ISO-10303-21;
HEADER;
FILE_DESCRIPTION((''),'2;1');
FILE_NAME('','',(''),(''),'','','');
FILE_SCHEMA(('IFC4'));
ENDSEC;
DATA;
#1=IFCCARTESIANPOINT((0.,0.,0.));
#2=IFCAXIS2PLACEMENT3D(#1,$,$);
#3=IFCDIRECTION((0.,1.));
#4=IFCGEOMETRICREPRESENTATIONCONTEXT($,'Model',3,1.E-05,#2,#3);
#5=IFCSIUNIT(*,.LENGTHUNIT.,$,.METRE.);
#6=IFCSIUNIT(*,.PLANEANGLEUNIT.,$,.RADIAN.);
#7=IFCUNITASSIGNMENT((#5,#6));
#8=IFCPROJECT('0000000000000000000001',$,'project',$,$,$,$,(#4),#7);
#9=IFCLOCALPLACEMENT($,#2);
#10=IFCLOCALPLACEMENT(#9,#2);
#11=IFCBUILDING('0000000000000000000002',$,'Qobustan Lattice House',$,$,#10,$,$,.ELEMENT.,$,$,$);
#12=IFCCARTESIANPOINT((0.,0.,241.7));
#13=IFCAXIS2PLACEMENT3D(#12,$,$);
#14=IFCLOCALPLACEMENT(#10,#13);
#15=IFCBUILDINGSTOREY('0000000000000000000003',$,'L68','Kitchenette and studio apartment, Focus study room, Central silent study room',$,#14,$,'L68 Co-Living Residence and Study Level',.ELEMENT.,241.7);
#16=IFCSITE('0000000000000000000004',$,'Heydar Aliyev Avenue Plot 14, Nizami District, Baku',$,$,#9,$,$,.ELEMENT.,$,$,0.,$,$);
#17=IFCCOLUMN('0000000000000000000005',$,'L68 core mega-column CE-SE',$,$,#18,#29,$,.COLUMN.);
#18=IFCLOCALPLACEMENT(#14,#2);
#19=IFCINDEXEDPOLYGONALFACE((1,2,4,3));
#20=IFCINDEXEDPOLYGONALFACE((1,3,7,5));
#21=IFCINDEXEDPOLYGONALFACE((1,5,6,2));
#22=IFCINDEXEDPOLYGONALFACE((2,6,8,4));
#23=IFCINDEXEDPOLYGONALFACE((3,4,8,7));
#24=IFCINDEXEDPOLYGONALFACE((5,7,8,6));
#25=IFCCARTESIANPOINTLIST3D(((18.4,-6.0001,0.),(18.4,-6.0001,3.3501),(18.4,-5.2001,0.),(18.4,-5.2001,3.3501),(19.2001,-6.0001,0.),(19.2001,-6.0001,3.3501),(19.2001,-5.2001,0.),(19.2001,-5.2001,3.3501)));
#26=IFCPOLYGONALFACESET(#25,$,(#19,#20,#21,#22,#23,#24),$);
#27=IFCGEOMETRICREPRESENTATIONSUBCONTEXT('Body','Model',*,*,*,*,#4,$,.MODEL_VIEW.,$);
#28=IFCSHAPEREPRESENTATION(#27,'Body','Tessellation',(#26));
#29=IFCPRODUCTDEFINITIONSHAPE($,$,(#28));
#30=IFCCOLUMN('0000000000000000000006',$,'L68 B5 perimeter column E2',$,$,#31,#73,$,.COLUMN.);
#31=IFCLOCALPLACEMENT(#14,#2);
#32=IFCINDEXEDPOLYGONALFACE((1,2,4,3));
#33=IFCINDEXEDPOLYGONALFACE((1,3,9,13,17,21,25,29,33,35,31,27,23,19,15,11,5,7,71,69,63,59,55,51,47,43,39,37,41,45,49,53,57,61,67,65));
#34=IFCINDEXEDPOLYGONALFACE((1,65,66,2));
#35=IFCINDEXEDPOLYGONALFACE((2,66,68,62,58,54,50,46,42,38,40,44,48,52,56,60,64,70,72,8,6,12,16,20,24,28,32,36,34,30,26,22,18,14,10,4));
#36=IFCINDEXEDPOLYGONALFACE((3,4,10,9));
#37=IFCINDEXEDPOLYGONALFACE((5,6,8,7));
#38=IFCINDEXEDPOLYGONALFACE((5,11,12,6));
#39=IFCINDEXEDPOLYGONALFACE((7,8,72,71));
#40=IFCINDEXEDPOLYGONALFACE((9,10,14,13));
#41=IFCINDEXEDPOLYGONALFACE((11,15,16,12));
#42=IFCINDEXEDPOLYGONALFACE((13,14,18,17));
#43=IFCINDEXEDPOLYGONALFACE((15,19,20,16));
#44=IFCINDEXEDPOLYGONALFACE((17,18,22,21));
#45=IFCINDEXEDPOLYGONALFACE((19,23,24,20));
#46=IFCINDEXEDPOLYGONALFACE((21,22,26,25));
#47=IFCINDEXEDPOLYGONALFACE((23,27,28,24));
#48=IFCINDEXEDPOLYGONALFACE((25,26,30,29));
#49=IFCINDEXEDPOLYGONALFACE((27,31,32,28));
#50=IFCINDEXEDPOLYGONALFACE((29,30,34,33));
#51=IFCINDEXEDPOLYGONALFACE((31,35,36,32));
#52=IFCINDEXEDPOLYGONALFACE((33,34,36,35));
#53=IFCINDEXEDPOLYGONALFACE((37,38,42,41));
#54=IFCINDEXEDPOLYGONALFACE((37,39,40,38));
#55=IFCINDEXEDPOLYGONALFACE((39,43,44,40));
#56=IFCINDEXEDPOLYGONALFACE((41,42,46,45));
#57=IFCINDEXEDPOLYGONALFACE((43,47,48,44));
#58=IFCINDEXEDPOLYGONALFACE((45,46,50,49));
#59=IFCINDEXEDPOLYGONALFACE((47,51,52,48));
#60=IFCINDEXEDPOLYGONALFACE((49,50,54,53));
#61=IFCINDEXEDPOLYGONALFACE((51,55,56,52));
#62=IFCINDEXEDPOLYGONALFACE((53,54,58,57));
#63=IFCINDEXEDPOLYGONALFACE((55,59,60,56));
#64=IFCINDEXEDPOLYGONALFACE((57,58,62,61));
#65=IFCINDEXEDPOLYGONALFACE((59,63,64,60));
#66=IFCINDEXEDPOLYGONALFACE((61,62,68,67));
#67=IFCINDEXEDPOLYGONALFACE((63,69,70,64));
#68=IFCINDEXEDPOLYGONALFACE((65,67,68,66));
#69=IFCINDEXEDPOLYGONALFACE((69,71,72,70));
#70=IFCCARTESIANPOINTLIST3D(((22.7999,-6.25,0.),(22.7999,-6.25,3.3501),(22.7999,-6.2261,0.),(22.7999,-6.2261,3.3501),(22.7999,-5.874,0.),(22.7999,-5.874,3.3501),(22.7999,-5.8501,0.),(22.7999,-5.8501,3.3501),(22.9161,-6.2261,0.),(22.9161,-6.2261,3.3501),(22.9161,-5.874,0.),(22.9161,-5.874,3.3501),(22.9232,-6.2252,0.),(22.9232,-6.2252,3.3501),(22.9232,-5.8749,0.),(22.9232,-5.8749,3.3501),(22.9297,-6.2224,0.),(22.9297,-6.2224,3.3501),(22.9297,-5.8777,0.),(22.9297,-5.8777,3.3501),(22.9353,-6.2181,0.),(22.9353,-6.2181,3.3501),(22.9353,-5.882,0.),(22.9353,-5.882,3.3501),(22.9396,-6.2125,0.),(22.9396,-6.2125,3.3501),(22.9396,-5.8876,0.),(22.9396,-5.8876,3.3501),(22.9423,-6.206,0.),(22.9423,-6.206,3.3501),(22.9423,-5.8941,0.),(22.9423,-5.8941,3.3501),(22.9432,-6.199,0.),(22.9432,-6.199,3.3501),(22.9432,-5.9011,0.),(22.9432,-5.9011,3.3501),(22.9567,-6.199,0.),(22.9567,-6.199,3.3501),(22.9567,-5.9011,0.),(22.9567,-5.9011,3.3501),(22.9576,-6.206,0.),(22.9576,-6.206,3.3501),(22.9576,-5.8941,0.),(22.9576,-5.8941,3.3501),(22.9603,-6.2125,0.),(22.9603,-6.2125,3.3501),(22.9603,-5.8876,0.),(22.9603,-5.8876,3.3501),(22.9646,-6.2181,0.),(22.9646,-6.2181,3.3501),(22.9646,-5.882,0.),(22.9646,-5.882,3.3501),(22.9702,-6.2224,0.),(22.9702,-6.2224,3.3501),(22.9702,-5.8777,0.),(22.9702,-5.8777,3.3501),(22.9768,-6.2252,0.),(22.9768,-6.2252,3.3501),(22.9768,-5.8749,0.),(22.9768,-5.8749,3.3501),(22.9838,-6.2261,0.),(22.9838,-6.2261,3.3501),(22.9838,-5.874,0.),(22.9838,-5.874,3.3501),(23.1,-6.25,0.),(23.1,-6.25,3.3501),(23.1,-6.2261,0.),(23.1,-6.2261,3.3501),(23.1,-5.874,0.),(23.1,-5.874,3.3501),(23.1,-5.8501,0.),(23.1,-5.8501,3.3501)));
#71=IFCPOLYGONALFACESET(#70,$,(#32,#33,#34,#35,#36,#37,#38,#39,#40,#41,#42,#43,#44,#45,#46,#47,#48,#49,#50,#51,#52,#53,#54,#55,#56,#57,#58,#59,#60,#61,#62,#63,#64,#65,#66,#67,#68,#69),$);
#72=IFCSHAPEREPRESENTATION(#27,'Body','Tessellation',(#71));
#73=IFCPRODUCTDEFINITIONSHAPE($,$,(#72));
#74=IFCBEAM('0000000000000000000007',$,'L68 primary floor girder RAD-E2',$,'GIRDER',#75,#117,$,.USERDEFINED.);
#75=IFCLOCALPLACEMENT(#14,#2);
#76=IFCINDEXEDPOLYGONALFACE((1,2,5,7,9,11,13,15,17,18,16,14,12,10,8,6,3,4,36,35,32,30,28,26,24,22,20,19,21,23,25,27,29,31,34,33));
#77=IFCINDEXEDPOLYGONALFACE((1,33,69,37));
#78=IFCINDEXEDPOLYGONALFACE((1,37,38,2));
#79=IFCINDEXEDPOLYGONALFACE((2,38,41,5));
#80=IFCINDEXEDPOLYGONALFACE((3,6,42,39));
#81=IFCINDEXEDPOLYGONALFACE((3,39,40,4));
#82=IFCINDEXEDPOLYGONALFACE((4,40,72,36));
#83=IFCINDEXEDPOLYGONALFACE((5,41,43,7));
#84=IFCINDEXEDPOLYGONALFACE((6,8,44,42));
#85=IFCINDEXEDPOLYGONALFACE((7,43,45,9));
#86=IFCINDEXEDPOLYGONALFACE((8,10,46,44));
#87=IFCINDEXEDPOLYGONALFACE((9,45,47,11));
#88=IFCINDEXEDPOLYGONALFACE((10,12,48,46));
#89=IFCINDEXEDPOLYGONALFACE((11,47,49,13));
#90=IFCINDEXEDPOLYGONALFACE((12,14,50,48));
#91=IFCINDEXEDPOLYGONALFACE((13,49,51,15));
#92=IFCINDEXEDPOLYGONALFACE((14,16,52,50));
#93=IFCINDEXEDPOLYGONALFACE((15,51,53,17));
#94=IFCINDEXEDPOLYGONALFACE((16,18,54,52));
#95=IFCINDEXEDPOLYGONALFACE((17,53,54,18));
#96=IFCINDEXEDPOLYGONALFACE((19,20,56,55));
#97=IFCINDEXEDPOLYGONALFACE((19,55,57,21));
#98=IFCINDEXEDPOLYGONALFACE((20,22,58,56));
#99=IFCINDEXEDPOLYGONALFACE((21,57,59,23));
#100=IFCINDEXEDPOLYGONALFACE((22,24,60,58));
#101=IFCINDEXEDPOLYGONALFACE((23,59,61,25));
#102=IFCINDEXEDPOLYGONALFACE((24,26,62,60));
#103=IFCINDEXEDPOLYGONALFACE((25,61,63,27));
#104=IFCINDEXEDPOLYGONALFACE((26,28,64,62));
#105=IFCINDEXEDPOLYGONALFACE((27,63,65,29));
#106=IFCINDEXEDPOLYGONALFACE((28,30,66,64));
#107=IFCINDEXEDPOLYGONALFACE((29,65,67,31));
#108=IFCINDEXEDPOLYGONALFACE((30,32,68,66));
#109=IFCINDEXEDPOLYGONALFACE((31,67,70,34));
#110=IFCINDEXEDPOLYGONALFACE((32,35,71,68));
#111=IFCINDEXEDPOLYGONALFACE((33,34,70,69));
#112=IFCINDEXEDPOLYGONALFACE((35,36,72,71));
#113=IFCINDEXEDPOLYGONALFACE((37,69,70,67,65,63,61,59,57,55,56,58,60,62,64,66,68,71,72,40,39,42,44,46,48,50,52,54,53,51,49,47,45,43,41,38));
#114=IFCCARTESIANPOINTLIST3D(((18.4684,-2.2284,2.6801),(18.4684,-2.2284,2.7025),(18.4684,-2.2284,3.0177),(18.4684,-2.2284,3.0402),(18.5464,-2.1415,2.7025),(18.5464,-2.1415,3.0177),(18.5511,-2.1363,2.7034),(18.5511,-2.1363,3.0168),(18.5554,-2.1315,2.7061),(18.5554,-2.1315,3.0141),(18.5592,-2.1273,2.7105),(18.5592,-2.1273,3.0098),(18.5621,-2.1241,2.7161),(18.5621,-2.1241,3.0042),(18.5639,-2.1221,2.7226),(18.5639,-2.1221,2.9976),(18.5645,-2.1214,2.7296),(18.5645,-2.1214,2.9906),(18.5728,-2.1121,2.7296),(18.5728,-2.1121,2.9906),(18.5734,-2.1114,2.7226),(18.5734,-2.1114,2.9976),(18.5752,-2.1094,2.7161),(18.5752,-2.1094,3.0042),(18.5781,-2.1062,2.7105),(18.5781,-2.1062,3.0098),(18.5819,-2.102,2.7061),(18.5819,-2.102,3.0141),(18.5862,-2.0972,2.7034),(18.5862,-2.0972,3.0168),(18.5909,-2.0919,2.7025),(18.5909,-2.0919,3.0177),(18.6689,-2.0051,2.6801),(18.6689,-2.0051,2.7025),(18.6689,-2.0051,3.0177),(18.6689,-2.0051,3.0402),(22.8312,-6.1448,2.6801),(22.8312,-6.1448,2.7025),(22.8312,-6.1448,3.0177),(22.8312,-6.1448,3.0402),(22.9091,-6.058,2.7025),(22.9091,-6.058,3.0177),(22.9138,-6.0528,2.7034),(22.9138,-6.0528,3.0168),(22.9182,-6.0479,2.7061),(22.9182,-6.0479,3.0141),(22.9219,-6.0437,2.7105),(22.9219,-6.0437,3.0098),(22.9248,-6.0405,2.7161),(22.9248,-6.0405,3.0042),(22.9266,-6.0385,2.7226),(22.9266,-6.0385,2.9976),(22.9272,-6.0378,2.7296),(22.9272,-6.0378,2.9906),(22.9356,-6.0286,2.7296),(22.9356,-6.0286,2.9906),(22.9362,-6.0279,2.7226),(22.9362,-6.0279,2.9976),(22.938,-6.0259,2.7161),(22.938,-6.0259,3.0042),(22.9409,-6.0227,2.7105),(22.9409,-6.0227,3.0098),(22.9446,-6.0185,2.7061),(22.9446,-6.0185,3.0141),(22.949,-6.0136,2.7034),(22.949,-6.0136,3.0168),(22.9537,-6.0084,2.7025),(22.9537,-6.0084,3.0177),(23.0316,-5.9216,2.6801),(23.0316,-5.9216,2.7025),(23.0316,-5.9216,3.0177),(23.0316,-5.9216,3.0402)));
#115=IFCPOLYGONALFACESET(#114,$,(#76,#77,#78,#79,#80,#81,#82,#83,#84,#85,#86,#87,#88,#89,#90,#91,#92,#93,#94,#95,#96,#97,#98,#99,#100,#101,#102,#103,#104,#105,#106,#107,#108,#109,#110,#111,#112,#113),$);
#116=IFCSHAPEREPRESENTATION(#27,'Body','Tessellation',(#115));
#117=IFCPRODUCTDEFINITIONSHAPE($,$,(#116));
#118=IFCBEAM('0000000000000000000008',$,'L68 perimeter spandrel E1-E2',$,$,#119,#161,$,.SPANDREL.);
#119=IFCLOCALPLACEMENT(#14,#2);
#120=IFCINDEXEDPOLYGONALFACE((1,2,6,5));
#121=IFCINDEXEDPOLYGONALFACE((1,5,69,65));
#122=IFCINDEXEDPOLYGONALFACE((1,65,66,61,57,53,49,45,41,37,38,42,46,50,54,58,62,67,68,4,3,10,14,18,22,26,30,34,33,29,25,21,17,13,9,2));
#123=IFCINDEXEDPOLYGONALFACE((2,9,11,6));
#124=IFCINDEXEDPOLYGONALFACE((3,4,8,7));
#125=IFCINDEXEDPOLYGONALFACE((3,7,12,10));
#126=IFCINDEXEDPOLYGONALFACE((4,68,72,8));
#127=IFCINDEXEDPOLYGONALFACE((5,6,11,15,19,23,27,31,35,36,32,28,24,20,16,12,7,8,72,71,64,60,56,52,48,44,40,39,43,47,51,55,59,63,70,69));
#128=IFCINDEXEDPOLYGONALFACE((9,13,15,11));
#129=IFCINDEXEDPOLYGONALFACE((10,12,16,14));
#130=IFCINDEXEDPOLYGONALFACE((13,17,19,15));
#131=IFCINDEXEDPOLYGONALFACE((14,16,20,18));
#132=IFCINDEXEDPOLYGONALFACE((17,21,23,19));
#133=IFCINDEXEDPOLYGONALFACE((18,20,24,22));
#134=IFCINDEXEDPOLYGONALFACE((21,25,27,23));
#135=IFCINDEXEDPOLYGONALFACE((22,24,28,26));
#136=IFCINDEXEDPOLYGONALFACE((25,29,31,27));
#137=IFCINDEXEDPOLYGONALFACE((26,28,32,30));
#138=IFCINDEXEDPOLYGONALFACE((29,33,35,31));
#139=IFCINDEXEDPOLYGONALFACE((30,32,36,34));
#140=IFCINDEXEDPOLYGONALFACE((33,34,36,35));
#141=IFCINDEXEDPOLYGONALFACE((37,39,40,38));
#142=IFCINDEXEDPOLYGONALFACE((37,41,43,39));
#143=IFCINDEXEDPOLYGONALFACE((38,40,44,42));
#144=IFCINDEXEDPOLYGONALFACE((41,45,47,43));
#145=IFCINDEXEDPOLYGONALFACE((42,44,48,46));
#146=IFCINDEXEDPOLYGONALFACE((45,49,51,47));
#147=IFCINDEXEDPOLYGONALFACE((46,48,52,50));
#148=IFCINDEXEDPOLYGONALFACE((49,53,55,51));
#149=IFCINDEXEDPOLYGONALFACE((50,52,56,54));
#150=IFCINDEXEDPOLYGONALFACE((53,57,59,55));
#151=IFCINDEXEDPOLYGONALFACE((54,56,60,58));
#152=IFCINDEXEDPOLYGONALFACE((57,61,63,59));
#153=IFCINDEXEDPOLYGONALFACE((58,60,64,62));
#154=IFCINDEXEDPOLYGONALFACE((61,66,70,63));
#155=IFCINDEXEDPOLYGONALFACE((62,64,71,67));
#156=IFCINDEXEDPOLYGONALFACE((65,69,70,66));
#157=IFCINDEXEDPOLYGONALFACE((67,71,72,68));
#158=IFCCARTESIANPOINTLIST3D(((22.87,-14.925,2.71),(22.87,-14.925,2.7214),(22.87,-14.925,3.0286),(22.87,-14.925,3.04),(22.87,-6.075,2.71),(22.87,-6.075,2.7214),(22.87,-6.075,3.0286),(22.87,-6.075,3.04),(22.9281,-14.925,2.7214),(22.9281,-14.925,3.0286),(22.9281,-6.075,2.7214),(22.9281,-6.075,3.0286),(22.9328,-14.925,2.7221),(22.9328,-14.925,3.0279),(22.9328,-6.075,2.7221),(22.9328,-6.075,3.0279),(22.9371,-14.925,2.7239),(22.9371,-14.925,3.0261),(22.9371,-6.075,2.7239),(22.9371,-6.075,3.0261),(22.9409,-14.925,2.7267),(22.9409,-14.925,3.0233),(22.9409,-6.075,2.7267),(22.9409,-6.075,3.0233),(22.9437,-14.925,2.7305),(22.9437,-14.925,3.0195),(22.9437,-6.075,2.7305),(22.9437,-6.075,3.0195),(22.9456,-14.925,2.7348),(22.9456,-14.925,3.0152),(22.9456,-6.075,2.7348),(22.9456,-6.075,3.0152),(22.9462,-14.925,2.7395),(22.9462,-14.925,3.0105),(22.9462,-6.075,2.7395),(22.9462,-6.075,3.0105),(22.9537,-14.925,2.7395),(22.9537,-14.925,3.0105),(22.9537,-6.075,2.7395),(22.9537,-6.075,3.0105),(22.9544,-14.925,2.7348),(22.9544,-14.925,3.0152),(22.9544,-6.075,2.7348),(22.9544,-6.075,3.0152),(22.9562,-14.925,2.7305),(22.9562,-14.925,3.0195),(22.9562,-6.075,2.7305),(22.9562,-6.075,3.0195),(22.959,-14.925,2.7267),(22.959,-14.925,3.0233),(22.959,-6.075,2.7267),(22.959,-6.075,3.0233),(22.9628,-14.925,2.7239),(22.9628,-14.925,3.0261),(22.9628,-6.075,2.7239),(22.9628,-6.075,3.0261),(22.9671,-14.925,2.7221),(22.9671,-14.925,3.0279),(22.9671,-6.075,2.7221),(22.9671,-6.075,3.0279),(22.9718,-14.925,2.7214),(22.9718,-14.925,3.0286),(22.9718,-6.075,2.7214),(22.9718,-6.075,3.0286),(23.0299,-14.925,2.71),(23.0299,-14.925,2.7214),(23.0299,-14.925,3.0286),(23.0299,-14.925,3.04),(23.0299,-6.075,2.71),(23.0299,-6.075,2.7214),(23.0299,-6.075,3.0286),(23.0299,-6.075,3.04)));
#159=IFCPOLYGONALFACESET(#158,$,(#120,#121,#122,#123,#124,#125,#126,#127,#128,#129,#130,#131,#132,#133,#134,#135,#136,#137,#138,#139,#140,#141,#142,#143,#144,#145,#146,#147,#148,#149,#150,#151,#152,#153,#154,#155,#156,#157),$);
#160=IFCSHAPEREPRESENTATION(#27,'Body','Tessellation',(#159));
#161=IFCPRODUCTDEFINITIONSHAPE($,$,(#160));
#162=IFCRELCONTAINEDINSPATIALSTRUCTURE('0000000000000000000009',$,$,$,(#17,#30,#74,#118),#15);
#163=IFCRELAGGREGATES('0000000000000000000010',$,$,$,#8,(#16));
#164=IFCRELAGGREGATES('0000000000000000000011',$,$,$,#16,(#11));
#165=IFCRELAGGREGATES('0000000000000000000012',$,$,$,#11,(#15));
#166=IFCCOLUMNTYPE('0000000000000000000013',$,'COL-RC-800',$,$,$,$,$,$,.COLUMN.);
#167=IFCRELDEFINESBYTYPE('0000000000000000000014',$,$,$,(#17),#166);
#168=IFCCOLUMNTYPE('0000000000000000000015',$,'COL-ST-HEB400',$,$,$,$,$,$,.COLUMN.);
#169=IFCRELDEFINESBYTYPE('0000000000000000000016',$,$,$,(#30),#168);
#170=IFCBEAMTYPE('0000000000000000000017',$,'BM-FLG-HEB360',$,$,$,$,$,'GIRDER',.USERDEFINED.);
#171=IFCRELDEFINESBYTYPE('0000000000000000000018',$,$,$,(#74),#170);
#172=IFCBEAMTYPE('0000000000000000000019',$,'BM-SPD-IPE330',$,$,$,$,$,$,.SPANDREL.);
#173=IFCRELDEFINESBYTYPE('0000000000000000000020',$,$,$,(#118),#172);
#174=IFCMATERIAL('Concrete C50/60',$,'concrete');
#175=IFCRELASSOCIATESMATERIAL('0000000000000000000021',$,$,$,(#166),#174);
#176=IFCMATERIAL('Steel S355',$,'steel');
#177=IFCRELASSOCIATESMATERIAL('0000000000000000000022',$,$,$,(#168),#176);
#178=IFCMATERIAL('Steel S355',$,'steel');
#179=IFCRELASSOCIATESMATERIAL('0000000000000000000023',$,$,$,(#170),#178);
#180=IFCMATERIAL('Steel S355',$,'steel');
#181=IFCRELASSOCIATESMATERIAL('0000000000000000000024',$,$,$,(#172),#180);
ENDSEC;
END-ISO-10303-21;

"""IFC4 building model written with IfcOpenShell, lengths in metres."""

from ifc_helpers import new_model, si_unit, direction, frame, origin, origin_2d, place, context, subcontext, project, spatial, rectangle, i_section, extrude, material, material_profile, profile_set, type_object, element, save


model = new_model("IFC4")

# Units and contexts
model_context = context("Model", 3, precision=1e-05, world=origin(), true_north=direction((0.0, 1.0)))
body_context = subcontext(model_context, "Body", "Model", "MODEL_VIEW")
ifc_project = project(units=[si_unit("LENGTHUNIT", "METRE"), si_unit("PLANEANGLEUNIT", "RADIAN")], contexts=[model_context])

# Site, building, storey
site_placement = place(None, origin())
site = spatial("IfcSite", under=ifc_project, at=site_placement, Name="Heydar Aliyev Avenue Plot 14, Nizami District, Baku", CompositionType="ELEMENT", RefElevation=0.0)
building_placement = place(site_placement, origin())
building = spatial("IfcBuilding", under=site, at=building_placement, Name="Qobustan Lattice House", CompositionType="ELEMENT")
storey_placement = place(building_placement, frame((0.0, 0.0, 241.7)))
storey = spatial("IfcBuildingStorey", under=building, at=storey_placement, Name="L68", Description="Kitchenette and studio apartment, Focus study room, Central silent study room", LongName="L68 Co-Living Residence and Study Level", CompositionType="ELEMENT", Elevation=241.7)

# Columns
ifc_material_1 = material(Name="Concrete C50/60", Category="concrete")
ifc_material_profile_1 = material_profile(ifc_material_1, rectangle(XDim=0.8, YDim=0.8, at=origin_2d()), Name="RC800x800")
ifc_profile_set_1 = profile_set([ifc_material_profile_1], Name="Concrete C50/60")
column_type_1 = type_object("IfcColumnType", Name="COL-RC-800", PredefinedType="COLUMN", material=ifc_profile_set_1)
column_1_placement = place(storey_placement, frame((18.8, -5.6001, 0.0), z_axis=(0.0, 0.0, 1.0), x_axis=(1.0, 0.0, 0.0)))
element("IfcColumn", 1, at=column_1_placement, inside=storey, type_object=column_type_1, Name="L68 core mega-column CE-SE", PredefinedType="COLUMN", context=body_context, shape_type="SweptSolid", body=[
    extrude(rectangle(XDim=0.8, YDim=0.8, at=origin_2d()), origin(), (0.0, 0.0, 1.0), 3.3501),
])
ifc_material_2 = material(Name="Steel S355", Category="steel")
ifc_material_profile_2 = material_profile(ifc_material_2, i_section(OverallWidth=0.3, OverallDepth=0.3999, WebThickness=0.0134, FlangeThickness=0.0239, FilletRadius=0.0271, at=origin_2d()), Name="HEB400")
ifc_profile_set_2 = profile_set([ifc_material_profile_2], Name="Steel S355")
column_type_2 = type_object("IfcColumnType", Name="COL-ST-HEB400", PredefinedType="COLUMN", material=ifc_profile_set_2)
column_2_placement = place(storey_placement, frame((22.95, -6.05, 0.0), z_axis=(0.0, 0.0, 1.0), x_axis=(1.0, 0.0, 0.0)))
element("IfcColumn", 2, at=column_2_placement, inside=storey, type_object=column_type_2, Name="L68 B5 perimeter column E2", PredefinedType="COLUMN", context=body_context, shape_type="SweptSolid", body=[
    extrude(i_section(OverallWidth=0.3, OverallDepth=0.3999, WebThickness=0.0134, FlangeThickness=0.0239, FilletRadius=0.0271, at=origin_2d()), origin(), (0.0, 0.0, 1.0), 3.3501),
])

# Beams
ifc_material_3 = material(Name="Steel S355", Category="steel")
ifc_material_profile_3 = material_profile(ifc_material_3, i_section(OverallWidth=0.3, OverallDepth=0.3601, WebThickness=0.0125, FlangeThickness=0.0225, FilletRadius=0.0271, at=origin_2d()), Name="HEB360")
ifc_profile_set_3 = profile_set([ifc_material_profile_3], Name="Steel S355")
beam_type_1 = type_object("IfcBeamType", Name="BM-FLG-HEB360", ElementType="GIRDER", PredefinedType="USERDEFINED", material=ifc_profile_set_3)
beam_1_placement = place(storey_placement, frame((22.9314, -6.0332, 2.8601), z_axis=(-0.744142, 0.668021, 0.0), x_axis=(-0.668021, -0.744142, 0.0)))
element("IfcBeam", 3, at=beam_1_placement, inside=storey, type_object=beam_type_1, Name="L68 primary floor girder RAD-E2", ObjectType="GIRDER", PredefinedType="USERDEFINED", context=body_context, shape_type="SweptSolid", body=[
    extrude(i_section(OverallWidth=0.3, OverallDepth=0.3601, WebThickness=0.0125, FlangeThickness=0.0225, FilletRadius=0.0271, at=origin_2d()), origin(), (0.0, 0.0, 1.0), 5.8628),
])
ifc_material_4 = material(Name="Steel S355", Category="steel")
ifc_material_profile_4 = material_profile(ifc_material_4, i_section(OverallWidth=0.1599, OverallDepth=0.3301, WebThickness=0.0076, FlangeThickness=0.0115, FilletRadius=0.0181, at=origin_2d()), Name="IPE330")
ifc_profile_set_4 = profile_set([ifc_material_profile_4], Name="Steel S355")
beam_type_2 = type_object("IfcBeamType", Name="BM-SPD-IPE330", PredefinedType="SPANDREL", material=ifc_profile_set_4)
beam_2_placement = place(storey_placement, frame((22.95, -14.925, 2.875), z_axis=(0.0, 1.0, 0.0), x_axis=(-1.0, 0.0, 0.0)))
element("IfcBeam", 4, at=beam_2_placement, inside=storey, type_object=beam_type_2, Name="L68 perimeter spandrel E1-E2", PredefinedType="SPANDREL", context=body_context, shape_type="SweptSolid", body=[
    extrude(i_section(OverallWidth=0.1599, OverallDepth=0.3301, WebThickness=0.0076, FlangeThickness=0.0115, FilletRadius=0.0181, at=origin_2d()), origin(), (0.0, 0.0, 1.0), 8.8501),
])

save(model, "model.ifc")
